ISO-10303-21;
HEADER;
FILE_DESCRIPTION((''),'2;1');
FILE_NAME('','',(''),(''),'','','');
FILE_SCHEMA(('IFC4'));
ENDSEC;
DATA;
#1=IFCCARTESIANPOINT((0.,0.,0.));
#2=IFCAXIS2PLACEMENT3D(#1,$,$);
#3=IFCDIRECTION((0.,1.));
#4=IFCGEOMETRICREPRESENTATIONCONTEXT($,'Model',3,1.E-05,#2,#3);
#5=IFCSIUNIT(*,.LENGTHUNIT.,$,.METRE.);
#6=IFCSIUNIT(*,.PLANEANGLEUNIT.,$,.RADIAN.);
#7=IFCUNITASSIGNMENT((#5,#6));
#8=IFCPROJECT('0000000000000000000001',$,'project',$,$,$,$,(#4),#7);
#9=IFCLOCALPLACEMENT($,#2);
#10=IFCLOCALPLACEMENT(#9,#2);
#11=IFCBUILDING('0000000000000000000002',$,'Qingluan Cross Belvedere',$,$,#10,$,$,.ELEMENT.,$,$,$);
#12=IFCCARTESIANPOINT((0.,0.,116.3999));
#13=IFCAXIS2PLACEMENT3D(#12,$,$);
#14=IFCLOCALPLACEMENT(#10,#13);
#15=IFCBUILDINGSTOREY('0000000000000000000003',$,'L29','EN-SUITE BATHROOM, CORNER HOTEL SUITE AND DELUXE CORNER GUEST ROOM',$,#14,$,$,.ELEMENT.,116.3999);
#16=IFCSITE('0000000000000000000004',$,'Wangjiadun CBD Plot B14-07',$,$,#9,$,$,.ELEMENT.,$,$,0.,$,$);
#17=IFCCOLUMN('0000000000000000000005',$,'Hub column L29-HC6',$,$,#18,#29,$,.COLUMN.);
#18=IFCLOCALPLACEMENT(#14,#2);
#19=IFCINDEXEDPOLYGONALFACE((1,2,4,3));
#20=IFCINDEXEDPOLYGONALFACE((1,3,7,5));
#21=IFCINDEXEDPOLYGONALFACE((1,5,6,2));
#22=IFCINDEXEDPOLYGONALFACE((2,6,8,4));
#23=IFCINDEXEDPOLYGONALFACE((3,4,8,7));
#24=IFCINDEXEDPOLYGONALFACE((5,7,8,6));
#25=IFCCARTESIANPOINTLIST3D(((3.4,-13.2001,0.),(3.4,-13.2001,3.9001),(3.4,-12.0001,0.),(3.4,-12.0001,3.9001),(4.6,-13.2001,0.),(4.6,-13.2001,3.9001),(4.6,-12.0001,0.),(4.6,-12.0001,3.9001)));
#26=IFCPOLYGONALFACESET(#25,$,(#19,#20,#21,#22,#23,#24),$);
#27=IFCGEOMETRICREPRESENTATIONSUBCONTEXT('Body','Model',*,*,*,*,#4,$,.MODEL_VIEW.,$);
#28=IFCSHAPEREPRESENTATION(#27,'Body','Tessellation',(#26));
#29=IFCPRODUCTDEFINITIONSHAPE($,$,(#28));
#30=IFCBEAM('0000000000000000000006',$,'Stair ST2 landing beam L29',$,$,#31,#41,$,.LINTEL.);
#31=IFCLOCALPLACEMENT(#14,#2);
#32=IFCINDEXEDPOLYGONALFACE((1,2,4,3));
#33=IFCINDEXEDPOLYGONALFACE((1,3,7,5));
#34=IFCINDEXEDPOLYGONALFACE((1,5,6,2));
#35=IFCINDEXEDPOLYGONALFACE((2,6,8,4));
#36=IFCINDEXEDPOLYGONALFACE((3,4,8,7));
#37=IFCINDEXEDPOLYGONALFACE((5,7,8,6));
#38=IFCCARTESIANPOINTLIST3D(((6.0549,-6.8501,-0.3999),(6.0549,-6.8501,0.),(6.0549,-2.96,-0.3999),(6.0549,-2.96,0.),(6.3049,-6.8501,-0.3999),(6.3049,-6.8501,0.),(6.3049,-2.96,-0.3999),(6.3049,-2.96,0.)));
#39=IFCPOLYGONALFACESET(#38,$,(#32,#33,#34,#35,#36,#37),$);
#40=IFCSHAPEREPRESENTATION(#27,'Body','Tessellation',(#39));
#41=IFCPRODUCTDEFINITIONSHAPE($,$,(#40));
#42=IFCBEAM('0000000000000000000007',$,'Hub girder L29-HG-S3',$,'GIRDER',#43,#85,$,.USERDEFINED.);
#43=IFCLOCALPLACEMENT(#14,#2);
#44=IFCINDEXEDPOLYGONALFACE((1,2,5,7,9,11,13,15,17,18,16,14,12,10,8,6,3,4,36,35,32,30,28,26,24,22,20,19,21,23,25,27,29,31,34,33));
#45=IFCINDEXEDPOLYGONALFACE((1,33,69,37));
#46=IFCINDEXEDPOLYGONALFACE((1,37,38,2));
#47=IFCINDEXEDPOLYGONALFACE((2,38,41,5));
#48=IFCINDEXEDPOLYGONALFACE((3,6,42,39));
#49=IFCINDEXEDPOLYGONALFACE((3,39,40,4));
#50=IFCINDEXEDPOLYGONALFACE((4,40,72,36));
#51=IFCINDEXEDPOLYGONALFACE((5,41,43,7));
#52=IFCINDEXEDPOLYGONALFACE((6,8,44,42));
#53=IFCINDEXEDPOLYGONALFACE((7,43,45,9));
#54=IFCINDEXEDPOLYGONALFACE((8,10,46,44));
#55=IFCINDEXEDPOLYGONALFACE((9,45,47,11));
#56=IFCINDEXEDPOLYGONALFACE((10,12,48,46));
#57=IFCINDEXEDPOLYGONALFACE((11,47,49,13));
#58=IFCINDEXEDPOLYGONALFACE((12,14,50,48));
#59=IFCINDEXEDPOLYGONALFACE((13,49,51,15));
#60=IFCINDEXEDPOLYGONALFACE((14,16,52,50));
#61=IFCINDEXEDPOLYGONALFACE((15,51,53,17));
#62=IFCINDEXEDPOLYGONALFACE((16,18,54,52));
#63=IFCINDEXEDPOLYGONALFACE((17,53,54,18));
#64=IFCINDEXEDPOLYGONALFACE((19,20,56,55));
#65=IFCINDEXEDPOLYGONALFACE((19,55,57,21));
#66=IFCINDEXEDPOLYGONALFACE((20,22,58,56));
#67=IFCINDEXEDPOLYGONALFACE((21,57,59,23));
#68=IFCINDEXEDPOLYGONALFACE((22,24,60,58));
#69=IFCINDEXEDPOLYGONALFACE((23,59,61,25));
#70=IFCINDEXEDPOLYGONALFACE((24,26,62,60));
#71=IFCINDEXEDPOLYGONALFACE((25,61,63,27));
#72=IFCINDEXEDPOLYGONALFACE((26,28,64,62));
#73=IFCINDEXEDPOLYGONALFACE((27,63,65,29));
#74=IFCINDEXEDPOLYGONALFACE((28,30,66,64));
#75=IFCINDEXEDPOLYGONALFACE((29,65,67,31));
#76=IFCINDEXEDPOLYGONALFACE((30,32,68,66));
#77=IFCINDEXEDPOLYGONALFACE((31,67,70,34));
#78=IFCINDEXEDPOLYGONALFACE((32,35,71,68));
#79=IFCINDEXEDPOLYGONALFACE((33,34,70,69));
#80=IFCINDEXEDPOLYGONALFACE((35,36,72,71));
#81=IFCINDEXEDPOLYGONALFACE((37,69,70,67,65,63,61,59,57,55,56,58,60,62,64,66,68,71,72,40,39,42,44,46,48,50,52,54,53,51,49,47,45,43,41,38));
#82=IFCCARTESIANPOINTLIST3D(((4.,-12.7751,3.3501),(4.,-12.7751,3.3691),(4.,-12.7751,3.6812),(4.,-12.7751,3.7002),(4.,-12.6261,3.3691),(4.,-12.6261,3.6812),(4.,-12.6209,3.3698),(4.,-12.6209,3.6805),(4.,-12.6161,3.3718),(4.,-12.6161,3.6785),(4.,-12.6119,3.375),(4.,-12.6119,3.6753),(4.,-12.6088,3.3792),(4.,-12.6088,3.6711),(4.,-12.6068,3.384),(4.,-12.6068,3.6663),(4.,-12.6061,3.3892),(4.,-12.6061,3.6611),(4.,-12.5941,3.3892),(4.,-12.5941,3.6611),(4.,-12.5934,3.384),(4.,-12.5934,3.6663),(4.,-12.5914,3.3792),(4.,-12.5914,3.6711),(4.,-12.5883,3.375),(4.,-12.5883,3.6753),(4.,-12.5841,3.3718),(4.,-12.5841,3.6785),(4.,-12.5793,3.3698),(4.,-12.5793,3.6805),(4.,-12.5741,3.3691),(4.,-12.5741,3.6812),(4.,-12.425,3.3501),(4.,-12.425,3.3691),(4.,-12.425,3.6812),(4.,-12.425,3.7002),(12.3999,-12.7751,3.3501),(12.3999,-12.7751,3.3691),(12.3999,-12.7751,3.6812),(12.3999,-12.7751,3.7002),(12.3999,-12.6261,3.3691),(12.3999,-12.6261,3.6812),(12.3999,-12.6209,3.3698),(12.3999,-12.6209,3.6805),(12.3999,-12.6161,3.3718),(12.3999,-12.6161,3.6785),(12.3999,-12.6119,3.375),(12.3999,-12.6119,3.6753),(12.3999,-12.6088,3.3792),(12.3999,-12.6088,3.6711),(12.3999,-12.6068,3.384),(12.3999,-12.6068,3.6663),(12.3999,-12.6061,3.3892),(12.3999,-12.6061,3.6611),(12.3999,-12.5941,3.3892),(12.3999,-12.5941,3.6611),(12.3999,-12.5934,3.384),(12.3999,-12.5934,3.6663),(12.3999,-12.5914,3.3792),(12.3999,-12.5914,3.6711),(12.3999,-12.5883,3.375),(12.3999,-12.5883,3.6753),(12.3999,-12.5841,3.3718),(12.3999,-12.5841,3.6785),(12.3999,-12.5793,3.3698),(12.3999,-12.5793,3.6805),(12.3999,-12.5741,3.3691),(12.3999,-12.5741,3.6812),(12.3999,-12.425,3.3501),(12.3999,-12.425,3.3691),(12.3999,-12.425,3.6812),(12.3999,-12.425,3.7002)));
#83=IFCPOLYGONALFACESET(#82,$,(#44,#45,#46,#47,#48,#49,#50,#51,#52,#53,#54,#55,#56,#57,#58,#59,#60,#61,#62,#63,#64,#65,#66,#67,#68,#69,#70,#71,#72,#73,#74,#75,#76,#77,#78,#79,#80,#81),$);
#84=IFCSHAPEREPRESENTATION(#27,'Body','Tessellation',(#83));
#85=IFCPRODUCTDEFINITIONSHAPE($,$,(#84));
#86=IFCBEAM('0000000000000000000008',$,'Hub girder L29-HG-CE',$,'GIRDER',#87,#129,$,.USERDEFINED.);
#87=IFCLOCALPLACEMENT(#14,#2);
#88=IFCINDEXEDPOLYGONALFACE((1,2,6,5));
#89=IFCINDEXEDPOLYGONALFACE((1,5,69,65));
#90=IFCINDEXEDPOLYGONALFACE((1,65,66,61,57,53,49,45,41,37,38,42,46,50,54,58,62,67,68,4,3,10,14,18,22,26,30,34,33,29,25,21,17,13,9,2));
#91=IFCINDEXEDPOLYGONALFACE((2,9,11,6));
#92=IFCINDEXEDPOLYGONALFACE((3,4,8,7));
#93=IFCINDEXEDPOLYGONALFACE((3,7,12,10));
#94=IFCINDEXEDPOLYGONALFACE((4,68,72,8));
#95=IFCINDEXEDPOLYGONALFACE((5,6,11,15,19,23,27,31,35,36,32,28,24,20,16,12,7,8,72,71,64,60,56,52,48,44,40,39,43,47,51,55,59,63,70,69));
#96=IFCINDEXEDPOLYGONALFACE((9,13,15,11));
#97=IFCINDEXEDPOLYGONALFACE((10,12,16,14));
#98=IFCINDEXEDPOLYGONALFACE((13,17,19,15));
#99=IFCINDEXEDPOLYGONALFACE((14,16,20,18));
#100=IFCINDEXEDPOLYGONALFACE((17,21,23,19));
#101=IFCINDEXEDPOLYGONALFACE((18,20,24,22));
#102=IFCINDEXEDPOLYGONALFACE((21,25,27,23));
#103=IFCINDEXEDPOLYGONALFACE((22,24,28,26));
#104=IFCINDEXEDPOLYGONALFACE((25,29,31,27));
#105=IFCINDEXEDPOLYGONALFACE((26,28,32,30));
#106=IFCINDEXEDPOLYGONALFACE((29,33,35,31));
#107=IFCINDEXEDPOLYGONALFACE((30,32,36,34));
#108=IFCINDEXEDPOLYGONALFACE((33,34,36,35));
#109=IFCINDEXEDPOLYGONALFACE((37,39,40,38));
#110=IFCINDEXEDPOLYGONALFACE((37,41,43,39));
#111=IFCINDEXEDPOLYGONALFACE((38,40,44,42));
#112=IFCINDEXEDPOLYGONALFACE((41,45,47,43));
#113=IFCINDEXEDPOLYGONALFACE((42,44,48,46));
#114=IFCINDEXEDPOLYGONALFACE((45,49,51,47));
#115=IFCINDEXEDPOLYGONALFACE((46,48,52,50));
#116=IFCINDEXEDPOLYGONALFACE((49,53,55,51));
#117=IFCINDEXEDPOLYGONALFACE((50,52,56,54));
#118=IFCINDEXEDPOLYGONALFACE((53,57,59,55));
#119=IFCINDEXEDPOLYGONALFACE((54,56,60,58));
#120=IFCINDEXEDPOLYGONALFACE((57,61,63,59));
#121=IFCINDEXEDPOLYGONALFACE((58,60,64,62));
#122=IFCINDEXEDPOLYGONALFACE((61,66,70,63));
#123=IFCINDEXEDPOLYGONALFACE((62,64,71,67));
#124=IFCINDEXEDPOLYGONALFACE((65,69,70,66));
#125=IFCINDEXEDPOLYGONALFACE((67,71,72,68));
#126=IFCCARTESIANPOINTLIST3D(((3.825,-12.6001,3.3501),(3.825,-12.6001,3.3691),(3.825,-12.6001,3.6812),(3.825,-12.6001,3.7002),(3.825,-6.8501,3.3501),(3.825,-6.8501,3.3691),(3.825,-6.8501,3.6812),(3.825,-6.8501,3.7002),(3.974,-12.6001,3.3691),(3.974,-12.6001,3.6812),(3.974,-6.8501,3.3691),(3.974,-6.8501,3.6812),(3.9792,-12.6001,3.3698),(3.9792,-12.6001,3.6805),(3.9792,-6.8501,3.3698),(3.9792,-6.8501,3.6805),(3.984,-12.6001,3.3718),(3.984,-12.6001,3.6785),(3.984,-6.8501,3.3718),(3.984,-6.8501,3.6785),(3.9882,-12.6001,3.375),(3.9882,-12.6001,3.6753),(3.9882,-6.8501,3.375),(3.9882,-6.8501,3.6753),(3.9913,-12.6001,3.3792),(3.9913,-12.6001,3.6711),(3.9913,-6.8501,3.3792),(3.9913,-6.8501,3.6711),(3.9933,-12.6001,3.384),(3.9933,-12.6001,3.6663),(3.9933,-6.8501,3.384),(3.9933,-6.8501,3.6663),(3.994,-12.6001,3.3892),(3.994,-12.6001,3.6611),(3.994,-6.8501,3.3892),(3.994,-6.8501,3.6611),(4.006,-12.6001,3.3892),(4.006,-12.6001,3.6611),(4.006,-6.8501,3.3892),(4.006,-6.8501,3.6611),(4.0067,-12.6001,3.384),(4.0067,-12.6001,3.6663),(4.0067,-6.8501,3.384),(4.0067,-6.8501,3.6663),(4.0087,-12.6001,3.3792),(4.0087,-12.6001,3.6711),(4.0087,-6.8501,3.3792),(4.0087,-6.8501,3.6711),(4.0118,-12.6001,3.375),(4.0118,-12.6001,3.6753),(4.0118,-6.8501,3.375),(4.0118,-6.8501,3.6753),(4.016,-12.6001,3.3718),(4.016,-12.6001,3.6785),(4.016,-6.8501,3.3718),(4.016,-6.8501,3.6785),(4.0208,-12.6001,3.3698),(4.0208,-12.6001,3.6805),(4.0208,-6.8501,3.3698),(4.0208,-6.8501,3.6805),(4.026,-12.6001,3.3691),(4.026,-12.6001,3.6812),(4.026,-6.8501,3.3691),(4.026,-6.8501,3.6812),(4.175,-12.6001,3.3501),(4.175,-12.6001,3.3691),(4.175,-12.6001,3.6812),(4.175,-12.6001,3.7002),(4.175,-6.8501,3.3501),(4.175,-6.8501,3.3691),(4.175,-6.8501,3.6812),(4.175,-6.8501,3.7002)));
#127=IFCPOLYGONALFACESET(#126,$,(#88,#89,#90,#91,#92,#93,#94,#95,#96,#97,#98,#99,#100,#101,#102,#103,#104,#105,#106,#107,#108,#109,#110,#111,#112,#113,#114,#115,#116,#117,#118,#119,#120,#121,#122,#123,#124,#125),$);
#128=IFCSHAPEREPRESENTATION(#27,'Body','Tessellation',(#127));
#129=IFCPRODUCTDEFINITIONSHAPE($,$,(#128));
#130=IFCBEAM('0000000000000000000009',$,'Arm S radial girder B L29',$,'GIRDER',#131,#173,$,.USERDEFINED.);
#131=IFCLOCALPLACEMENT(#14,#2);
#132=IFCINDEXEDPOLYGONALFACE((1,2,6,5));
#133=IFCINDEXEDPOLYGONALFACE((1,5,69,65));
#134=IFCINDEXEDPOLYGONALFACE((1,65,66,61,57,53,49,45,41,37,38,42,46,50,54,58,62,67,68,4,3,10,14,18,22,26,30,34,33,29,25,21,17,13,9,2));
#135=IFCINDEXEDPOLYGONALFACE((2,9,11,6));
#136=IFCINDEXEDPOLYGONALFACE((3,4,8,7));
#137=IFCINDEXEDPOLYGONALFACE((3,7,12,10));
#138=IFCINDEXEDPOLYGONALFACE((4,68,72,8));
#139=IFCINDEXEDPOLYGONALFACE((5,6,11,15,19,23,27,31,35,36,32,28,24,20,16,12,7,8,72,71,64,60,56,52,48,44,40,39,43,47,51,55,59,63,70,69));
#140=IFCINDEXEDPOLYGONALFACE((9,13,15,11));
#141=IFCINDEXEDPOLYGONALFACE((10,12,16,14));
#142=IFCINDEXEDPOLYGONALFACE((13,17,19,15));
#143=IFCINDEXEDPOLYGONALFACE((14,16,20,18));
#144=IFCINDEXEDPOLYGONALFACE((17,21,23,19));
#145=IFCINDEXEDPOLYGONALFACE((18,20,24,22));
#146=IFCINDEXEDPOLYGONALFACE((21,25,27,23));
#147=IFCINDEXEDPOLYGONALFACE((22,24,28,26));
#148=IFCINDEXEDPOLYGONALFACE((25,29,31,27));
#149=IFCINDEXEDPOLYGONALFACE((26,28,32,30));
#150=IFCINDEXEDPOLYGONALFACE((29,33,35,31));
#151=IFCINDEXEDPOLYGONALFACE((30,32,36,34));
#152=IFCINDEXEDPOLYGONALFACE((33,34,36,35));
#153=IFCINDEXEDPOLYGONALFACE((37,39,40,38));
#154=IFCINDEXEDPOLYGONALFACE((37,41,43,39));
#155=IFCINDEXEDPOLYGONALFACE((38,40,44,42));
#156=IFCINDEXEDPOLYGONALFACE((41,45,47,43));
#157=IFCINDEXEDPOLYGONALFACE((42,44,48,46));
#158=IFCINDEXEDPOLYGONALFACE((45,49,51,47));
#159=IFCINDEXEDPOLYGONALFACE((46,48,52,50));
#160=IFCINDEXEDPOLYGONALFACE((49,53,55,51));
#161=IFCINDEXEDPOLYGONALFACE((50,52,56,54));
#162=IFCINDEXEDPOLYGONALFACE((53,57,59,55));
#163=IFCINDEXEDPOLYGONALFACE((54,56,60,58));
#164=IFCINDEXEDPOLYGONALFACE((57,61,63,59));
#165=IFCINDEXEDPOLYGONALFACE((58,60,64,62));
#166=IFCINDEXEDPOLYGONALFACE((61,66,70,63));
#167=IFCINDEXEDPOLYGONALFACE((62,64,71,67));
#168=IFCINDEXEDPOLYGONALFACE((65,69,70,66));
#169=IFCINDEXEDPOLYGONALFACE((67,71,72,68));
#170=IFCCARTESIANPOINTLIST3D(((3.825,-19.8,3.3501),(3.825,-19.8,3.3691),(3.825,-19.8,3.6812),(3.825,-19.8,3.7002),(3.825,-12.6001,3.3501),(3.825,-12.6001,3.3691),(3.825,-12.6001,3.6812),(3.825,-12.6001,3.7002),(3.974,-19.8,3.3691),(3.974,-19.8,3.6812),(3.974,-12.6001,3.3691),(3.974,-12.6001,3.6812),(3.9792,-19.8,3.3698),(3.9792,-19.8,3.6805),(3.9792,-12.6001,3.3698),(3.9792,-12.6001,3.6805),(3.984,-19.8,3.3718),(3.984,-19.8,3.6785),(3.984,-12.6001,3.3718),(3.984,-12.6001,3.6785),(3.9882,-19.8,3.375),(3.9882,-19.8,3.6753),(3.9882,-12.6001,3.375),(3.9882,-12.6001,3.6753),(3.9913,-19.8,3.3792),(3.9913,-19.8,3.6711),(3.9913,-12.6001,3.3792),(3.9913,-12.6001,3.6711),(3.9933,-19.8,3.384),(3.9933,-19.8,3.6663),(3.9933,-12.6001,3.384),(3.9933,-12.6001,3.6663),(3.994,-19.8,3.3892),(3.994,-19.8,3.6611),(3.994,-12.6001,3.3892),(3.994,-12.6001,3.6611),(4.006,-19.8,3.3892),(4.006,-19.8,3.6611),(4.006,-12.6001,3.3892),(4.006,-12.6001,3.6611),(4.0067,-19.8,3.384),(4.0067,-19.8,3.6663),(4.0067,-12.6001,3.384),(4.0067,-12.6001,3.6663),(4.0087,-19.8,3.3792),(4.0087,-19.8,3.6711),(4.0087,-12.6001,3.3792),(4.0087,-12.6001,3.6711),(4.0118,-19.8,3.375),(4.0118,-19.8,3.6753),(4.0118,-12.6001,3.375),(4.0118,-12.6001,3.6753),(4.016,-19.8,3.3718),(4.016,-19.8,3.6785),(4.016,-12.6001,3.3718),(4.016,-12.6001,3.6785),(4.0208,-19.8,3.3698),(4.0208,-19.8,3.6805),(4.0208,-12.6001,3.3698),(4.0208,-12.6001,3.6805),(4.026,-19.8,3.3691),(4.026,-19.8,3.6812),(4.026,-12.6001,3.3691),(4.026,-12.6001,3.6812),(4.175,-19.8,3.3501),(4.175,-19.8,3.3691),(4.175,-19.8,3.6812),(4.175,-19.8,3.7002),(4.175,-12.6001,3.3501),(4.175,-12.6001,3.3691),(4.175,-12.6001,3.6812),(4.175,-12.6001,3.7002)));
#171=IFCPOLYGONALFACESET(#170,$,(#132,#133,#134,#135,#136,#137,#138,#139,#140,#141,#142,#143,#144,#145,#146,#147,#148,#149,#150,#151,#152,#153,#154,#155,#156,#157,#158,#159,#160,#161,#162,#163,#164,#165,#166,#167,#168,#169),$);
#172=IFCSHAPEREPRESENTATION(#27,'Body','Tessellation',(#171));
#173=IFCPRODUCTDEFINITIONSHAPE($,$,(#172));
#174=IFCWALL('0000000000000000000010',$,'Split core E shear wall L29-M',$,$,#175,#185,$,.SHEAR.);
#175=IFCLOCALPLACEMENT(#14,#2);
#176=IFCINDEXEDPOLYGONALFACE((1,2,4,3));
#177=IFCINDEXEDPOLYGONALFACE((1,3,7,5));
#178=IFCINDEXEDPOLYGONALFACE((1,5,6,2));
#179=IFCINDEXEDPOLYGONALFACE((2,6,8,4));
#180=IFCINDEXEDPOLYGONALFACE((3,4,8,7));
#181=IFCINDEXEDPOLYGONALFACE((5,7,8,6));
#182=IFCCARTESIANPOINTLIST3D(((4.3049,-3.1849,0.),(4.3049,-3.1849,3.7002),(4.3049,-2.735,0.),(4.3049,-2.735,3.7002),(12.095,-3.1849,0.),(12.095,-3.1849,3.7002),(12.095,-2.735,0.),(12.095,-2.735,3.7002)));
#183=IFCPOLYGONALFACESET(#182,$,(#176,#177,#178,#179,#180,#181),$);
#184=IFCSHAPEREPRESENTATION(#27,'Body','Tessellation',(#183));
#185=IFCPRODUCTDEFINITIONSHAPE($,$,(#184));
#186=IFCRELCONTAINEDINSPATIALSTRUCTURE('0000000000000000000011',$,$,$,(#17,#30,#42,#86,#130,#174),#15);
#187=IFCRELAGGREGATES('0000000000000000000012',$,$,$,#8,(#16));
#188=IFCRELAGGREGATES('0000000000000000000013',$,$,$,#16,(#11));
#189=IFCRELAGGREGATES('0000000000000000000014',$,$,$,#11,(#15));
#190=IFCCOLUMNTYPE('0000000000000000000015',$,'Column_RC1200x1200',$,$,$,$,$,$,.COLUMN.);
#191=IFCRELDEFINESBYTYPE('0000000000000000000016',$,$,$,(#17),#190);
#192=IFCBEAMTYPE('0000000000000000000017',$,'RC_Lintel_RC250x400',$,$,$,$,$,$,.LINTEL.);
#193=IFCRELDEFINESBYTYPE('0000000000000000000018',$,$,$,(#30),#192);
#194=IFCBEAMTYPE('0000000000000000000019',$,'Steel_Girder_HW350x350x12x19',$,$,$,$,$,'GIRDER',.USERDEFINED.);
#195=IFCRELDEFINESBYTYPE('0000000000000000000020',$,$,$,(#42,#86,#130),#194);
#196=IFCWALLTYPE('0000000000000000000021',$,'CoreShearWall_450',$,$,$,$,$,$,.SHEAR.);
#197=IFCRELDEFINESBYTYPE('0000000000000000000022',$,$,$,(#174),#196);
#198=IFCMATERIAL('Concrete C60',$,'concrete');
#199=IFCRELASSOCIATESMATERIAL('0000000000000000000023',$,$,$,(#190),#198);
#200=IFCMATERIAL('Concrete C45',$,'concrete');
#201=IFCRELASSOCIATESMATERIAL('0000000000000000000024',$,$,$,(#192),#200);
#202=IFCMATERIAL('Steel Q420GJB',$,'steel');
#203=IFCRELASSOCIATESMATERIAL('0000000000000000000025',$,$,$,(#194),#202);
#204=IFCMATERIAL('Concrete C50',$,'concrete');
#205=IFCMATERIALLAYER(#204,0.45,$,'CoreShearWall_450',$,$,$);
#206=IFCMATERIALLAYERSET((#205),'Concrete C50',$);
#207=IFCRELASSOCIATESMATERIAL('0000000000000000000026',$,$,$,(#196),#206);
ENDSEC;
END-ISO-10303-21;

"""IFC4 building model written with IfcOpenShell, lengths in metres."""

from ifc_helpers import new_model, si_unit, direction, frame, frame_2d, origin, origin_2d, place, context, subcontext, project, spatial, rectangle, i_section, extrude, material, layer, layer_set, material_profile, profile_set, type_object, element, save


model = new_model("IFC4")

# Units and contexts
model_context = context("Model", 3, precision=1e-05, world=origin(), true_north=direction((0.0, 1.0)))
body_context = subcontext(model_context, "Body", "Model", "MODEL_VIEW")
ifc_project = project(units=[si_unit("LENGTHUNIT", "METRE"), si_unit("PLANEANGLEUNIT", "RADIAN")], contexts=[model_context])

# Site, building, storey
site_placement = place(None, origin())
site = spatial("IfcSite", under=ifc_project, at=site_placement, Name="Wangjiadun CBD Plot B14-07", CompositionType="ELEMENT", RefElevation=0.0)
building_placement = place(site_placement, origin())
building = spatial("IfcBuilding", under=site, at=building_placement, Name="Qingluan Cross Belvedere", CompositionType="ELEMENT")
storey_placement = place(building_placement, frame((0.0, 0.0, 116.3999)))
storey = spatial("IfcBuildingStorey", under=building, at=storey_placement, Name="L29", Description="EN-SUITE BATHROOM, CORNER HOTEL SUITE AND DELUXE CORNER GUEST ROOM", CompositionType="ELEMENT", Elevation=116.3999)

# Column
ifc_material_1 = material(Name="Concrete C60", Category="concrete")
ifc_material_profile_1 = material_profile(ifc_material_1, rectangle(XDim=1.2, YDim=1.2, at=origin_2d()), Name="RC1200x1200")
ifc_profile_set_1 = profile_set([ifc_material_profile_1], Name="Concrete C60")
column_type = type_object("IfcColumnType", Name="Column_RC1200x1200", PredefinedType="COLUMN", material=ifc_profile_set_1)
column_placement = place(storey_placement, frame((4.0, -12.6001, 0.0), z_axis=(0.0, 0.0, 1.0), x_axis=(1.0, 0.0, 0.0)))
element("IfcColumn", 1, at=column_placement, inside=storey, type_object=column_type, Name="Hub column L29-HC6", PredefinedType="COLUMN", context=body_context, shape_type="SweptSolid", body=[
    extrude(rectangle(XDim=1.2, YDim=1.2, at=origin_2d()), origin(), (0.0, 0.0, 1.0), 3.9001),
])

# Beams
ifc_material_2 = material(Name="Concrete C45", Category="concrete")
ifc_material_profile_2 = material_profile(ifc_material_2, rectangle(XDim=0.25, YDim=0.3999, at=origin_2d()), Name="RC250x400")
ifc_profile_set_2 = profile_set([ifc_material_profile_2], Name="Concrete C45")
beam_type_1 = type_object("IfcBeamType", Name="RC_Lintel_RC250x400", PredefinedType="LINTEL", material=ifc_profile_set_2)
beam_1_placement = place(storey_placement, frame((6.1799, -6.8501, -0.2), z_axis=(0.0, 1.0, 0.0), x_axis=(-1.0, 0.0, 0.0)))
element("IfcBeam", 2, at=beam_1_placement, inside=storey, type_object=beam_type_1, Name="Stair ST2 landing beam L29", PredefinedType="LINTEL", context=body_context, shape_type="SweptSolid", body=[
    extrude(rectangle(XDim=0.25, YDim=0.3999, at=origin_2d()), origin(), (0.0, 0.0, 1.0), 3.8901),
])
ifc_material_3 = material(Name="Steel Q420GJB", Category="steel")
ifc_material_profile_3 = material_profile(ifc_material_3, i_section(OverallWidth=0.3501, OverallDepth=0.3501, WebThickness=0.012, FlangeThickness=0.019, FilletRadius=0.02, at=origin_2d()), Name="HW350x350x12x19")
ifc_profile_set_3 = profile_set([ifc_material_profile_3], Name="Steel Q420GJB")
beam_type_2 = type_object("IfcBeamType", Name="Steel_Girder_HW350x350x12x19", ElementType="GIRDER", PredefinedType="USERDEFINED", material=ifc_profile_set_3)
beam_2_placement = place(storey_placement, frame((4.0, -12.6001, 3.5251), z_axis=(1.0, 0.0, 0.0), x_axis=(0.0, 1.0, 0.0)))
element("IfcBeam", 3, at=beam_2_placement, inside=storey, type_object=beam_type_2, Name="Hub girder L29-HG-S3", ObjectType="GIRDER", PredefinedType="USERDEFINED", context=body_context, shape_type="SweptSolid", body=[
    extrude(i_section(OverallWidth=0.3501, OverallDepth=0.3501, WebThickness=0.012, FlangeThickness=0.019, FilletRadius=0.02, at=origin_2d()), origin(), (0.0, 0.0, 1.0), 8.3999),
])
beam_3_placement = place(storey_placement, frame((4.0, -12.6001, 3.5251), z_axis=(0.0, 1.0, 0.0), x_axis=(-1.0, 0.0, 0.0)))
element("IfcBeam", 4, at=beam_3_placement, inside=storey, type_object=beam_type_2, Name="Hub girder L29-HG-CE", ObjectType="GIRDER", PredefinedType="USERDEFINED", context=body_context, shape_type="SweptSolid", body=[
    extrude(i_section(OverallWidth=0.3501, OverallDepth=0.3501, WebThickness=0.012, FlangeThickness=0.019, FilletRadius=0.02, at=origin_2d()), origin(), (0.0, 0.0, 1.0), 5.75),
])
beam_4_placement = place(storey_placement, frame((4.0, -12.6001, 3.5251), z_axis=(0.0, -1.0, 0.0), x_axis=(1.0, 0.0, 0.0)))
element("IfcBeam", 5, at=beam_4_placement, inside=storey, type_object=beam_type_2, Name="Arm S radial girder B L29", ObjectType="GIRDER", PredefinedType="USERDEFINED", context=body_context, shape_type="SweptSolid", body=[
    extrude(i_section(OverallWidth=0.3501, OverallDepth=0.3501, WebThickness=0.012, FlangeThickness=0.019, FilletRadius=0.02, at=origin_2d()), origin(), (0.0, 0.0, 1.0), 7.2),
])

# Wall
ifc_material_4 = material(Name="Concrete C50", Category="concrete")
ifc_layer_1 = layer(ifc_material_4, 0.45, Name="CoreShearWall_450")
ifc_layer_set_1 = layer_set([ifc_layer_1], Name="Concrete C50")
wall_type_1 = type_object("IfcWallType", Name="CoreShearWall_450", PredefinedType="SHEAR", material=ifc_layer_set_1)
wall_1_placement = place(storey_placement, frame((4.3049, -2.96, 0.0), z_axis=(0.0, 0.0, 1.0), x_axis=(1.0, 0.0, 0.0)))
element("IfcWall", 6, at=wall_1_placement, inside=storey, type_object=wall_type_1, Name="Split core E shear wall L29-M", PredefinedType="SHEAR", context=body_context, shape_type="SweptSolid", body=[
    extrude(rectangle(XDim=7.79, YDim=0.45, at=frame_2d((3.895, 0.0))), origin(), (0.0, 0.0, 1.0), 3.7002),
])

save(model, "model.ifc")
